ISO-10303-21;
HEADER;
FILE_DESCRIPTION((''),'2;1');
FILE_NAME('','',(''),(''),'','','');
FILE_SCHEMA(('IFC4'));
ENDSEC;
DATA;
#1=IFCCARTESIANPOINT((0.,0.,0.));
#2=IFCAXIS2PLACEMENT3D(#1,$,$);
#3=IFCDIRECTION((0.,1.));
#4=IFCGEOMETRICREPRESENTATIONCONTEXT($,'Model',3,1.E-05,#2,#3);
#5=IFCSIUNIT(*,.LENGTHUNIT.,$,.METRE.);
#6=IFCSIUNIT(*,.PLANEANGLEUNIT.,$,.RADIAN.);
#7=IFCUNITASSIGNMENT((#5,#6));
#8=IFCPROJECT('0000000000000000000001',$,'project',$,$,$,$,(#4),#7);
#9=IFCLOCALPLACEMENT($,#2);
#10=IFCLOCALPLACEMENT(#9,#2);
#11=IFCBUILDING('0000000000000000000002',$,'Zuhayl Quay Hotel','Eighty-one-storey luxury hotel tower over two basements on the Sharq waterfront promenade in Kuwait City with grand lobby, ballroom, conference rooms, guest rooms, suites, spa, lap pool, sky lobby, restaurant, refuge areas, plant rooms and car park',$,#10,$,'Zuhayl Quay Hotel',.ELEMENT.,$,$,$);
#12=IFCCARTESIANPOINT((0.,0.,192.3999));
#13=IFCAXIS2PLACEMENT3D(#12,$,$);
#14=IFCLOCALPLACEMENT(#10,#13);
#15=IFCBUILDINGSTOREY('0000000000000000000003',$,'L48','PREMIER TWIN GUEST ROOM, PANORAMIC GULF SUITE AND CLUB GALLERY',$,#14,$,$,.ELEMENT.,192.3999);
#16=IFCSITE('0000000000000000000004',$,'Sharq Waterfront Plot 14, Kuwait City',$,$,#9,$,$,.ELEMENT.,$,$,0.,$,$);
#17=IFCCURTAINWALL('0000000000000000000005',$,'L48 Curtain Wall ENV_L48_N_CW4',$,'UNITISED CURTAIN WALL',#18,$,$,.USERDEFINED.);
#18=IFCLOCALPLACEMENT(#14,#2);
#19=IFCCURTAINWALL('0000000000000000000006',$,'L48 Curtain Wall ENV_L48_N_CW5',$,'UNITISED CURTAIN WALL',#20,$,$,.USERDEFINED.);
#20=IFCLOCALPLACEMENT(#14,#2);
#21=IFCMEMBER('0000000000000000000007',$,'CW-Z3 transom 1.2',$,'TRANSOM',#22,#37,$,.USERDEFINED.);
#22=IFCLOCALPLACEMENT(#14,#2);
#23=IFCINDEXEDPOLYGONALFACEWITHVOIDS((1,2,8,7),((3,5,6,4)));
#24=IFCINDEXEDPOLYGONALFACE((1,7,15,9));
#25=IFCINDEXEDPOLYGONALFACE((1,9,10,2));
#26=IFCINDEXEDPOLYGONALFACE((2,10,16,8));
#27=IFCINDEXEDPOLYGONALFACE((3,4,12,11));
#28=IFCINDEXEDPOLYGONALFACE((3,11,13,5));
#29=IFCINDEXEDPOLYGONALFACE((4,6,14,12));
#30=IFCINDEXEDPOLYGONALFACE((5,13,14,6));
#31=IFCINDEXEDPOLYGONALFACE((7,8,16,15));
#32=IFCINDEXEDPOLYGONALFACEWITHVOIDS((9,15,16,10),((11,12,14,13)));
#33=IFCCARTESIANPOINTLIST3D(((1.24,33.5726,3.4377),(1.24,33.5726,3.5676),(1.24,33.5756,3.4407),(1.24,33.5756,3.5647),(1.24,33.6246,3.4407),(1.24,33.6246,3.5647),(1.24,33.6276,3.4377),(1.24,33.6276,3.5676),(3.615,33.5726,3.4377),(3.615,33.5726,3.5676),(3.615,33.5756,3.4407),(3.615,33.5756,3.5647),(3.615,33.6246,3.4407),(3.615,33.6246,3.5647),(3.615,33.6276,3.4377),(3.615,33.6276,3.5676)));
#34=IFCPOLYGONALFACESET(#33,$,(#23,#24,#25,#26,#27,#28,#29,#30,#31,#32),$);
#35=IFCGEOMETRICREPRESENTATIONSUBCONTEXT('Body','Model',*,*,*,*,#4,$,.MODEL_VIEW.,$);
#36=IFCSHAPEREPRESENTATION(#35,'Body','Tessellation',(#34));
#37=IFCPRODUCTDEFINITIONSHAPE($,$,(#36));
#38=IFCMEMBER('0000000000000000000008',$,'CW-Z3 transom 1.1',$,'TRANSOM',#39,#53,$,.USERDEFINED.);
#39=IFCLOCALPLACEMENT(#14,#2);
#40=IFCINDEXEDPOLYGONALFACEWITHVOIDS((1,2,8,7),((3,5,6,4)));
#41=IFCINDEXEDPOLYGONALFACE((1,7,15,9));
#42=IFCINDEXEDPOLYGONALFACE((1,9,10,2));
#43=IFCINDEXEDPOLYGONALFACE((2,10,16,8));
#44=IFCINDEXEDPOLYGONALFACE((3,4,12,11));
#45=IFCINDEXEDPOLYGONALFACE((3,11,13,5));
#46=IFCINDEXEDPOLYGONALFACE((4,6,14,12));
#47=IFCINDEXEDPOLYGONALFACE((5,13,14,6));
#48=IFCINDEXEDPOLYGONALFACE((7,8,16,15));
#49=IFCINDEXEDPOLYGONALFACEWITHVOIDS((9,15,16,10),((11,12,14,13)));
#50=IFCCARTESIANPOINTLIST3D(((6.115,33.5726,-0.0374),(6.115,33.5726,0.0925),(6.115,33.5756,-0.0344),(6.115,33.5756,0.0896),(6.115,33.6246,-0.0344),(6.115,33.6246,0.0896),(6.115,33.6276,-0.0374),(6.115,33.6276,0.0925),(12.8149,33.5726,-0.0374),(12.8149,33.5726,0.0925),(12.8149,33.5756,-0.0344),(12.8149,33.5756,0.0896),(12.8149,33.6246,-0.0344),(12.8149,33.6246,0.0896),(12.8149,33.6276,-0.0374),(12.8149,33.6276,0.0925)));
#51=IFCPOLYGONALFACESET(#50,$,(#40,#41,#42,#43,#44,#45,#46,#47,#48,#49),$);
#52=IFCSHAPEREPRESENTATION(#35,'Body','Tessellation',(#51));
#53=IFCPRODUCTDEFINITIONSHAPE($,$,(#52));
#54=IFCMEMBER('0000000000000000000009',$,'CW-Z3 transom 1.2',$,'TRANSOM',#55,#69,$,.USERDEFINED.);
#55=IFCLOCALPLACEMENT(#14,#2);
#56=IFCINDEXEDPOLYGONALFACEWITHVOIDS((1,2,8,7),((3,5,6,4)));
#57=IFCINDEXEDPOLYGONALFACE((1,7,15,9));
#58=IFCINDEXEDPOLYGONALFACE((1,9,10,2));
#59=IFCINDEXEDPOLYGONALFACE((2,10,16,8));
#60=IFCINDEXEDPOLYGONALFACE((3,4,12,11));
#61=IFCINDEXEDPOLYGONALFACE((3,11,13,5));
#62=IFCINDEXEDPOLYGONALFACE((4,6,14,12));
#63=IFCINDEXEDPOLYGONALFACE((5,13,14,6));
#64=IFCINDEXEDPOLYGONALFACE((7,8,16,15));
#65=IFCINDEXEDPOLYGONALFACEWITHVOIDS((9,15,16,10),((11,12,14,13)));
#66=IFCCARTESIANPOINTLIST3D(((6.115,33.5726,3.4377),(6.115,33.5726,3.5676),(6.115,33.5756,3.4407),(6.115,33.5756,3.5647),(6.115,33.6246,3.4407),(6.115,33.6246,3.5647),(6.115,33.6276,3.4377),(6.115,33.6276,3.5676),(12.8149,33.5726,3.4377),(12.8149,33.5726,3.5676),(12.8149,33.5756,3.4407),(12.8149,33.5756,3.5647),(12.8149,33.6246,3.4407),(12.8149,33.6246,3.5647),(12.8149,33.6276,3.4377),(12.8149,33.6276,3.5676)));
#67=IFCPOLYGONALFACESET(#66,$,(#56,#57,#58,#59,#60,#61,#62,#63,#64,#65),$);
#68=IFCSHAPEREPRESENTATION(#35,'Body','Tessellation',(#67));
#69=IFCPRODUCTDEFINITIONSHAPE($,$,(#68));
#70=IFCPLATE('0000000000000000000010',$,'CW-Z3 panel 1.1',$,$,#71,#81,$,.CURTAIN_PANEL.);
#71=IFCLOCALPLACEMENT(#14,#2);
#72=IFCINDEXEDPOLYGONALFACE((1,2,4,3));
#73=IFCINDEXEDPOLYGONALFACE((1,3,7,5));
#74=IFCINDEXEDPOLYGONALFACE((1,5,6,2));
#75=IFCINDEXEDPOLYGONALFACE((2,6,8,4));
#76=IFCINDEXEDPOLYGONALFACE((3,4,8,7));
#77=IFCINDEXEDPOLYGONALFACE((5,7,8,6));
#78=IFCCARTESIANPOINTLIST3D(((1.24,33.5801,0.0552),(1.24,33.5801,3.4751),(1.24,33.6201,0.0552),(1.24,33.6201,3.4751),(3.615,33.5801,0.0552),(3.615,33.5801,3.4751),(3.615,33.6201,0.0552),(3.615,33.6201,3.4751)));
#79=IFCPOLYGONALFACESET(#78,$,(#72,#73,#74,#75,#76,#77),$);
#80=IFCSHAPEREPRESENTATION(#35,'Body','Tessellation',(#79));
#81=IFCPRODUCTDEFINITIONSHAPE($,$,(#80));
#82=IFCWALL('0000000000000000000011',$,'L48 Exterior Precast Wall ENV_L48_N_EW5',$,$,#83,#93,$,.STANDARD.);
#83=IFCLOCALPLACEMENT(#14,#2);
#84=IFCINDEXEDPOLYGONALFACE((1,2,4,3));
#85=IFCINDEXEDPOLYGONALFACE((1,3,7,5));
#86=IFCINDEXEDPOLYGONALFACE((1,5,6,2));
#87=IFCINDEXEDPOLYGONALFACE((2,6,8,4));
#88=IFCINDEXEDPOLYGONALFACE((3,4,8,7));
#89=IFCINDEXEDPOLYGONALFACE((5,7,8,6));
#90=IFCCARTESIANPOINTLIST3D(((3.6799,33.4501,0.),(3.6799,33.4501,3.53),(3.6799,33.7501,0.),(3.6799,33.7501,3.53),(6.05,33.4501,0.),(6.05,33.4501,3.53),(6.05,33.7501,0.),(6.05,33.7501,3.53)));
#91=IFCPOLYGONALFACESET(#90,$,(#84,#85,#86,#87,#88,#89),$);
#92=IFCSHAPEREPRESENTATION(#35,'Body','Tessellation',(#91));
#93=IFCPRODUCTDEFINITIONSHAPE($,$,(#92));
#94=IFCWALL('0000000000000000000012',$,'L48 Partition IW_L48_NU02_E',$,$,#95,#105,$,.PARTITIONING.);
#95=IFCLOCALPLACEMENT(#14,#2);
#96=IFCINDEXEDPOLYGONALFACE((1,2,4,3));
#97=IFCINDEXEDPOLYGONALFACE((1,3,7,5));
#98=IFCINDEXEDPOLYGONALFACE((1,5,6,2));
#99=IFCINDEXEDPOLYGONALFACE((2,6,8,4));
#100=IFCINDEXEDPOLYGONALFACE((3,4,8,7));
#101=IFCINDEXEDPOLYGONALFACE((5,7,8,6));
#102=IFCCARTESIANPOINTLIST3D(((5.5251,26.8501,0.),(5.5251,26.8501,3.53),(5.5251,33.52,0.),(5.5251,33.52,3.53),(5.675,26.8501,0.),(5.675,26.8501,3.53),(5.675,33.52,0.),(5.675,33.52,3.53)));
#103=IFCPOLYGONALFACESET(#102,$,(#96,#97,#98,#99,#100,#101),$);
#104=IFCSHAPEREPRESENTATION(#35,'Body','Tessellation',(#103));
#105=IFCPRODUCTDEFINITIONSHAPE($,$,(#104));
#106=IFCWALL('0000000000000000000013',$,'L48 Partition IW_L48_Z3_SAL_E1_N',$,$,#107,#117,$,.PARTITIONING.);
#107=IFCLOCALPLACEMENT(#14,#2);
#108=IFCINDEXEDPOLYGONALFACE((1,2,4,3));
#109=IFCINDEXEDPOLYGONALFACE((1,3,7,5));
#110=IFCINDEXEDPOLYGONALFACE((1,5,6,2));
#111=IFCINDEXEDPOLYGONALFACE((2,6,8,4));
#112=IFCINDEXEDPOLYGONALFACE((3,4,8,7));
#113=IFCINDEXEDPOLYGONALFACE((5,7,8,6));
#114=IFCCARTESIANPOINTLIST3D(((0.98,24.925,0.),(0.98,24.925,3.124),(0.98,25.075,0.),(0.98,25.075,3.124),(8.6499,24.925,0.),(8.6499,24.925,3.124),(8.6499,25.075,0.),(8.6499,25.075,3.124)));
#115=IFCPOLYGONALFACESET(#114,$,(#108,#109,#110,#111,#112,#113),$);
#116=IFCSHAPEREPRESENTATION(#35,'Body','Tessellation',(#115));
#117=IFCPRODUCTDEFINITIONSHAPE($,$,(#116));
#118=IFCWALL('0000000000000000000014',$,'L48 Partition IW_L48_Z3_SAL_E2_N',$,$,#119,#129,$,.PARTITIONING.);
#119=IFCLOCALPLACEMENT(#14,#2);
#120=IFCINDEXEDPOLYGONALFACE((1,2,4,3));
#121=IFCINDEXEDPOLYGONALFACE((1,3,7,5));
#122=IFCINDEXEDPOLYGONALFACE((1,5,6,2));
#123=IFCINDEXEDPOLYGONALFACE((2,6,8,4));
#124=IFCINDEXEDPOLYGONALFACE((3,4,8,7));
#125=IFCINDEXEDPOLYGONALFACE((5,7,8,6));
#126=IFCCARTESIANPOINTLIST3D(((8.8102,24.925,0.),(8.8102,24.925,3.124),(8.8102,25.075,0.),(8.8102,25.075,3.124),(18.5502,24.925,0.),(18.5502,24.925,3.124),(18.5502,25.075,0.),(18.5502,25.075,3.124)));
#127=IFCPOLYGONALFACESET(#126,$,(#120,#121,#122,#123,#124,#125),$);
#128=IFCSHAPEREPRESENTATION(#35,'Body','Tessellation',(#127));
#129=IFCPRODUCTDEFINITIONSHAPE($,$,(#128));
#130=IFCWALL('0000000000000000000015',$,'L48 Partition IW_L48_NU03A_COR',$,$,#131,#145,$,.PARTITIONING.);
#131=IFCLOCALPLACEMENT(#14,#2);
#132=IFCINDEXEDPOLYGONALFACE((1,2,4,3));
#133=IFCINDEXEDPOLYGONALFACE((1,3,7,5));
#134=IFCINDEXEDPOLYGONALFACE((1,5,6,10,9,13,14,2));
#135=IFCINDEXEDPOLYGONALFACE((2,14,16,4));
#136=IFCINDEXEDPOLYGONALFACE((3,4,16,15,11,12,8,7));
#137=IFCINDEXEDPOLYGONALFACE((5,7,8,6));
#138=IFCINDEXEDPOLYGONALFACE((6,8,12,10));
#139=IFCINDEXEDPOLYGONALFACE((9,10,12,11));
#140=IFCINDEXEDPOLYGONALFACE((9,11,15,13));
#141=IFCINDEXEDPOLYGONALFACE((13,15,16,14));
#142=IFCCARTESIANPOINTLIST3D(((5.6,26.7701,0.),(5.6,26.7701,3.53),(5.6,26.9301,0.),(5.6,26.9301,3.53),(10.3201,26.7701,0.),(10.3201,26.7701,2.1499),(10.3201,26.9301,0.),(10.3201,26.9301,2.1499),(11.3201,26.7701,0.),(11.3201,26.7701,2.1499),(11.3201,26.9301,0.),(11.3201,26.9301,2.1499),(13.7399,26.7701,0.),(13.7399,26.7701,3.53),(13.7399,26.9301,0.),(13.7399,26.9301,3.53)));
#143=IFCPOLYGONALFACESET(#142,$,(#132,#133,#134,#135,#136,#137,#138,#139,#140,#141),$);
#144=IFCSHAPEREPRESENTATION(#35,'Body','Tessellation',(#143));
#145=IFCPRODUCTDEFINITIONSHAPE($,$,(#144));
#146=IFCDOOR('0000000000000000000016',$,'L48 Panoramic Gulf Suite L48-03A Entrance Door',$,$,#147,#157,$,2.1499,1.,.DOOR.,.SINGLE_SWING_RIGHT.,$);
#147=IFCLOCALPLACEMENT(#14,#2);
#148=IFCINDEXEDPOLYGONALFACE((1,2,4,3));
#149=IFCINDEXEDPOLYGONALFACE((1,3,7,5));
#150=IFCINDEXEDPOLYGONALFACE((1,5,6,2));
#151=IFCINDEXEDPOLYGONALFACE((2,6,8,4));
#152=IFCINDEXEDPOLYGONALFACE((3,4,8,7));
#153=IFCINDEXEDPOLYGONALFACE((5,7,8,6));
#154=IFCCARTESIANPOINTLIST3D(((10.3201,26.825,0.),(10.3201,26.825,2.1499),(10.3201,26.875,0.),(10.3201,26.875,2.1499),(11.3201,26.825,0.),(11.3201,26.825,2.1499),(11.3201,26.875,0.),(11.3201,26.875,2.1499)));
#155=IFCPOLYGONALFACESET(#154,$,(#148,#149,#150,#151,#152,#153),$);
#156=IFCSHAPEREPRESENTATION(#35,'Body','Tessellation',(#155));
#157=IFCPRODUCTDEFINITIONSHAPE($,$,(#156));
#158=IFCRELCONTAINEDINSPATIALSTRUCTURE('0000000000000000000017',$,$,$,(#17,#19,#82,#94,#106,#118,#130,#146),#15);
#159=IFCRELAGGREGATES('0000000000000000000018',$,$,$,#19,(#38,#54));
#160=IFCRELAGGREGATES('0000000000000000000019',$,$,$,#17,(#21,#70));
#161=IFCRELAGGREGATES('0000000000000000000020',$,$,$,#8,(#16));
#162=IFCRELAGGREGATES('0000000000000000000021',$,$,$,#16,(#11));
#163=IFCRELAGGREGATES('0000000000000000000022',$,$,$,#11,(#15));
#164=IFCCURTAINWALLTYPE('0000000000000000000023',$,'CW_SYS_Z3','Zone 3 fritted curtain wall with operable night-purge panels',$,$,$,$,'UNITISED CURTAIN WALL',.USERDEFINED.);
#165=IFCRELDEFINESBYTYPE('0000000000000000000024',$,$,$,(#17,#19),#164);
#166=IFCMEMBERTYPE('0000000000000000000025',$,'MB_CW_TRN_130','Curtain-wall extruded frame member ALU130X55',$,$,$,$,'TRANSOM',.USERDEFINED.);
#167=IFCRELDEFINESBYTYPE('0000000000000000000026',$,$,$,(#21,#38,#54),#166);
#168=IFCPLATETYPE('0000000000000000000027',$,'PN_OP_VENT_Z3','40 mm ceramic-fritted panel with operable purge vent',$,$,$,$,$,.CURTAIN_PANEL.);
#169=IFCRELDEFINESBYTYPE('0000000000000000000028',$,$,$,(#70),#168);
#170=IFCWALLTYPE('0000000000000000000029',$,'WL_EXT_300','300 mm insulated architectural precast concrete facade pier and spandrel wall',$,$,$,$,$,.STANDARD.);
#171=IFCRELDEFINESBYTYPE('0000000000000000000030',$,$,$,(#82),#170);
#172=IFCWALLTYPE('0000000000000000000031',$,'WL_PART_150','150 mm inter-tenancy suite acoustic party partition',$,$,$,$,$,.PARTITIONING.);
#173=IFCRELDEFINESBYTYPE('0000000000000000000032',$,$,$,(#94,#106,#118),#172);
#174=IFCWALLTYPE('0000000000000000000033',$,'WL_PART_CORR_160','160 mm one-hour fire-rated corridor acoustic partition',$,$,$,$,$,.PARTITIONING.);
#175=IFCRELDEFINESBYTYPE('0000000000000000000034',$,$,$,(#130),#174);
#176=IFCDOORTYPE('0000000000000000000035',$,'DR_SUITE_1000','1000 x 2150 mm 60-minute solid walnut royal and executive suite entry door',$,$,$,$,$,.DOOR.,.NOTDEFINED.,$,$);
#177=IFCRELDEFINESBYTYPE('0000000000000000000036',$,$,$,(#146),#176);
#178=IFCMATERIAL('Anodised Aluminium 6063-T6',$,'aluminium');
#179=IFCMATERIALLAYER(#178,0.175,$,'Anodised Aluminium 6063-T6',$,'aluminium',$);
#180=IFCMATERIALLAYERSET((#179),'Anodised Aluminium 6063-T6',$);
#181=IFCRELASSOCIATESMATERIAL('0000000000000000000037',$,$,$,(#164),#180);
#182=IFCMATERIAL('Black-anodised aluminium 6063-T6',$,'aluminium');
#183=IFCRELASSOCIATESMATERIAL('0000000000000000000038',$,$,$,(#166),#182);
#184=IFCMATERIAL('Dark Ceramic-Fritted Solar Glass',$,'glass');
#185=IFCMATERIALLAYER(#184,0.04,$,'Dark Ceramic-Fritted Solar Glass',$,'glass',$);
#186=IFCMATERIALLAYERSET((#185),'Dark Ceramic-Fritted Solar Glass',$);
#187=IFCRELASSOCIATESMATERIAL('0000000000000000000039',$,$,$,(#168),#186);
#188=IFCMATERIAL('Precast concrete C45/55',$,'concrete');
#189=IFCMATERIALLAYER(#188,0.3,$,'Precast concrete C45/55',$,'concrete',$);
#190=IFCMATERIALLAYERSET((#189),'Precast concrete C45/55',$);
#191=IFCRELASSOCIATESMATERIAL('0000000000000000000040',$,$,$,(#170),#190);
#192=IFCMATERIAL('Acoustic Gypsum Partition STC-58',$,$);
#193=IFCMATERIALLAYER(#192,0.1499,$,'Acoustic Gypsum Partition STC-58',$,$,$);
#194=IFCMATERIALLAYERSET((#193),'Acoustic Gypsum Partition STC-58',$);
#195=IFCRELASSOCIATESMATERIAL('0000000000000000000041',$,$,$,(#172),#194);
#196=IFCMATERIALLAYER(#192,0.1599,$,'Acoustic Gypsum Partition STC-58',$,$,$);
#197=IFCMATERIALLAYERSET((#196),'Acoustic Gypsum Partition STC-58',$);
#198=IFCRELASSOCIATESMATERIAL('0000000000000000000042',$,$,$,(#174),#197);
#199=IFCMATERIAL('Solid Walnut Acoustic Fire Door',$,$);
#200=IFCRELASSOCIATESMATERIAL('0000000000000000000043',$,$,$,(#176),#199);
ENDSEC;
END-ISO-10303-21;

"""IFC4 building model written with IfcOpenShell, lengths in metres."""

from ifc_helpers import new_model, si_unit, direction, frame, frame_2d, origin, origin_2d, place, context, subcontext, project, spatial, rectangle, hollow_rectangle, extrude, material, layer, layer_set, material_profile, profile_set, type_object, element, fill, aggregate, save


model = new_model("IFC4")

# Units and contexts
model_context = context("Model", 3, precision=1e-05, world=origin(), true_north=direction((0.0, 1.0)))
body_context = subcontext(model_context, "Body", "Model", "MODEL_VIEW")
ifc_project = project(units=[si_unit("LENGTHUNIT", "METRE"), si_unit("PLANEANGLEUNIT", "RADIAN")], contexts=[model_context])

# Site, building, storey
site_placement = place(None, origin())
site = spatial("IfcSite", under=ifc_project, at=site_placement, Name="Sharq Waterfront Plot 14, Kuwait City", CompositionType="ELEMENT", RefElevation=0.0)
building_placement = place(site_placement, origin())
building = spatial("IfcBuilding", under=site, at=building_placement, Name="Zuhayl Quay Hotel", Description="Eighty-one-storey luxury hotel tower over two basements on the Sharq waterfront promenade in Kuwait City with grand lobby, ballroom, conference rooms, guest rooms, suites, spa, lap pool, sky lobby, restaurant, refuge areas, plant rooms and car park", LongName="Zuhayl Quay Hotel", CompositionType="ELEMENT")
storey_placement = place(building_placement, frame((0.0, 0.0, 192.3999)))
storey = spatial("IfcBuildingStorey", under=building, at=storey_placement, Name="L48", Description="PREMIER TWIN GUEST ROOM, PANORAMIC GULF SUITE AND CLUB GALLERY", CompositionType="ELEMENT", Elevation=192.3999)

# Curtain wall
ifc_material_1 = material(Name="Anodised Aluminium 6063-T6", Category="aluminium")
ifc_layer_1 = layer(ifc_material_1, 0.175, Name="Anodised Aluminium 6063-T6", Category="aluminium")
ifc_layer_set_1 = layer_set([ifc_layer_1], Name="Anodised Aluminium 6063-T6")
curtain_wall_type = type_object("IfcCurtainWallType", Name="CW_SYS_Z3", Description="Zone 3 fritted curtain wall with operable night-purge panels", ElementType="UNITISED CURTAIN WALL", PredefinedType="USERDEFINED", material=ifc_layer_set_1)
curtain_wall_1_placement = place(storey_placement, origin())
curtain_wall_1 = element("IfcCurtainWall", 1, at=curtain_wall_1_placement, inside=storey, type_object=curtain_wall_type, Name="L48 Curtain Wall ENV_L48_N_CW4", ObjectType="UNITISED CURTAIN WALL", PredefinedType="USERDEFINED")
ifc_material_2 = material(Name="Black-anodised aluminium 6063-T6", Category="aluminium")

# Curtain wall
curtain_wall_2_placement = place(storey_placement, origin())
curtain_wall_2 = element("IfcCurtainWall", 2, at=curtain_wall_2_placement, inside=storey, type_object=curtain_wall_type, Name="L48 Curtain Wall ENV_L48_N_CW5", ObjectType="UNITISED CURTAIN WALL", PredefinedType="USERDEFINED")

# Members
ifc_material_profile_1 = material_profile(ifc_material_2, hollow_rectangle(XDim=0.0549, YDim=0.1299, WallThickness=0.0029, at=origin_2d()), Name="ALU130X55")
ifc_profile_set_1 = profile_set([ifc_material_profile_1], Name="Black-anodised aluminium 6063-T6")
member_type_1 = type_object("IfcMemberType", Name="MB_CW_TRN_130", Description="Curtain-wall extruded frame member ALU130X55", ElementType="TRANSOM", PredefinedType="USERDEFINED", material=ifc_profile_set_1)
member_1_placement = place(storey_placement, frame((1.24, 33.6001, 3.5027), z_axis=(1.0, 0.0, 0.0), x_axis=(0.0, 1.0, 0.0)))
member_1 = element("IfcMember", 3, at=member_1_placement, type_object=member_type_1, Name="CW-Z3 transom 1.2", ObjectType="TRANSOM", PredefinedType="USERDEFINED", context=body_context, shape_type="SweptSolid", body=[
    extrude(hollow_rectangle(XDim=0.0549, YDim=0.1299, WallThickness=0.0029, at=origin_2d()), origin(), (0.0, 0.0, 1.0), 2.375),
])
member_2_placement = place(storey_placement, frame((6.115, 33.6001, 0.0276), z_axis=(1.0, 0.0, 0.0), x_axis=(0.0, 1.0, 0.0)))
member_2 = element("IfcMember", 4, at=member_2_placement, type_object=member_type_1, Name="CW-Z3 transom 1.1", ObjectType="TRANSOM", PredefinedType="USERDEFINED", context=body_context, shape_type="SweptSolid", body=[
    extrude(hollow_rectangle(XDim=0.0549, YDim=0.1299, WallThickness=0.0029, at=origin_2d()), origin(), (0.0, 0.0, 1.0), 6.7),
])
member_3_placement = place(storey_placement, frame((6.115, 33.6001, 3.5027), z_axis=(1.0, 0.0, 0.0), x_axis=(0.0, 1.0, 0.0)))
member_3 = element("IfcMember", 5, at=member_3_placement, type_object=member_type_1, Name="CW-Z3 transom 1.2", ObjectType="TRANSOM", PredefinedType="USERDEFINED", context=body_context, shape_type="SweptSolid", body=[
    extrude(hollow_rectangle(XDim=0.0549, YDim=0.1299, WallThickness=0.0029, at=origin_2d()), origin(), (0.0, 0.0, 1.0), 6.7),
])
aggregate(curtain_wall_2, [member_2, member_3])

# Plate
ifc_material_3 = material(Name="Dark Ceramic-Fritted Solar Glass", Category="glass")
ifc_layer_2 = layer(ifc_material_3, 0.04, Name="Dark Ceramic-Fritted Solar Glass", Category="glass")
ifc_layer_set_2 = layer_set([ifc_layer_2], Name="Dark Ceramic-Fritted Solar Glass")
plate_type = type_object("IfcPlateType", Name="PN_OP_VENT_Z3", Description="40 mm ceramic-fritted panel with operable purge vent", PredefinedType="CURTAIN_PANEL", material=ifc_layer_set_2)
plate_placement = place(storey_placement, frame((2.4275, 33.6001, 0.0552), z_axis=(0.0, 0.0, 1.0), x_axis=(1.0, 0.0, 0.0)))
plate = element("IfcPlate", 6, at=plate_placement, type_object=plate_type, Name="CW-Z3 panel 1.1", PredefinedType="CURTAIN_PANEL", context=body_context, shape_type="SweptSolid", body=[
    extrude(rectangle(XDim=2.375, YDim=0.04, at=origin_2d()), origin(), (0.0, 0.0, 1.0), 3.4199),
])
aggregate(curtain_wall_1, [member_1, plate])

# Walls
ifc_material_4 = material(Name="Precast concrete C45/55", Category="concrete")
ifc_layer_3 = layer(ifc_material_4, 0.3, Name="Precast concrete C45/55", Category="concrete")
ifc_layer_set_3 = layer_set([ifc_layer_3], Name="Precast concrete C45/55")
wall_type_1 = type_object("IfcWallType", Name="WL_EXT_300", Description="300 mm insulated architectural precast concrete facade pier and spandrel wall", PredefinedType="STANDARD", material=ifc_layer_set_3)
wall_1_placement = place(storey_placement, frame((3.6799, 33.6001, 0.0), z_axis=(0.0, 0.0, 1.0), x_axis=(1.0, 0.0, 0.0)))
element("IfcWall", 7, at=wall_1_placement, inside=storey, type_object=wall_type_1, Name="L48 Exterior Precast Wall ENV_L48_N_EW5", PredefinedType="STANDARD", context=body_context, shape_type="SweptSolid", body=[
    extrude(rectangle(XDim=2.3701, YDim=0.3, at=frame_2d((1.1851, 0.0))), origin(), (0.0, 0.0, 1.0), 3.53),
])
ifc_material_5 = material(Name="Acoustic Gypsum Partition STC-58")
ifc_layer_4 = layer(ifc_material_5, 0.1499, Name="Acoustic Gypsum Partition STC-58")
ifc_layer_set_4 = layer_set([ifc_layer_4], Name="Acoustic Gypsum Partition STC-58")
wall_type_2 = type_object("IfcWallType", Name="WL_PART_150", Description="150 mm inter-tenancy suite acoustic party partition", PredefinedType="PARTITIONING", material=ifc_layer_set_4)
wall_2_placement = place(storey_placement, frame((5.6001, 26.8501, 0.0), z_axis=(0.0, 0.0, 1.0), x_axis=(0.0, 1.0, 0.0)))
element("IfcWall", 8, at=wall_2_placement, inside=storey, type_object=wall_type_2, Name="L48 Partition IW_L48_NU02_E", PredefinedType="PARTITIONING", context=body_context, shape_type="SweptSolid", body=[
    extrude(rectangle(XDim=6.6699, YDim=0.1499, at=frame_2d((3.335, 0.0))), origin(), (0.0, 0.0, 1.0), 3.53),
])
wall_3_placement = place(storey_placement, frame((0.98, 25.0, 0.0), z_axis=(0.0, 0.0, 1.0), x_axis=(1.0, 0.0, 0.0)))
element("IfcWall", 9, at=wall_3_placement, inside=storey, type_object=wall_type_2, Name="L48 Partition IW_L48_Z3_SAL_E1_N", PredefinedType="PARTITIONING", context=body_context, shape_type="SweptSolid", body=[
    extrude(rectangle(XDim=7.6699, YDim=0.1499, at=frame_2d((3.835, 0.0))), origin(), (0.0, 0.0, 1.0), 3.124),
])
wall_4_placement = place(storey_placement, frame((8.8101, 25.0, 0.0), z_axis=(0.0, 0.0, 1.0), x_axis=(1.0, 0.0, 0.0)))
element("IfcWall", 10, at=wall_4_placement, inside=storey, type_object=wall_type_2, Name="L48 Partition IW_L48_Z3_SAL_E2_N", PredefinedType="PARTITIONING", context=body_context, shape_type="SweptSolid", body=[
    extrude(rectangle(XDim=9.74, YDim=0.1499, at=frame_2d((4.8701, 0.0))), origin(), (0.0, 0.0, 1.0), 3.124),
])

# Wall, opening, door
ifc_layer_5 = layer(ifc_material_5, 0.1599, Name="Acoustic Gypsum Partition STC-58")
ifc_layer_set_5 = layer_set([ifc_layer_5], Name="Acoustic Gypsum Partition STC-58")
wall_type_3 = type_object("IfcWallType", Name="WL_PART_CORR_160", Description="160 mm one-hour fire-rated corridor acoustic partition", PredefinedType="PARTITIONING", material=ifc_layer_set_5)
wall_5_placement = place(storey_placement, frame((5.6001, 26.8501, 0.0), z_axis=(0.0, 0.0, 1.0), x_axis=(1.0, 0.0, 0.0)))
wall_5 = element("IfcWall", 11, at=wall_5_placement, inside=storey, type_object=wall_type_3, Name="L48 Partition IW_L48_NU03A_COR", PredefinedType="PARTITIONING", context=body_context, shape_type="SweptSolid", body=[
    extrude(rectangle(XDim=8.1399, YDim=0.1599, at=frame_2d((4.0698, 0.0))), origin(), (0.0, 0.0, 1.0), 3.53),
])
opening_1_placement = place(wall_5_placement, frame((4.72, 0.0, 0.0)))
opening_1 = element("IfcOpeningElement", 12, at=opening_1_placement, cuts=wall_5, PredefinedType="OPENING", context=body_context, shape_type="SweptSolid", body=[
    extrude(rectangle(XDim=1.0, YDim=2.1499, at=frame_2d((0.5, 1.075))), frame((0.0, 0.0898, 0.0), z_axis=(0.0, -1.0, 0.0), x_axis=(1.0, 0.0, 0.0)), (0.0, 0.0, 1.0), 0.1799),
])
ifc_material_6 = material(Name="Solid Walnut Acoustic Fire Door")
door_type_1 = type_object("IfcDoorType", Name="DR_SUITE_1000", Description="1000 x 2150 mm 60-minute solid walnut royal and executive suite entry door", OperationType="NOTDEFINED", PredefinedType="DOOR", material=ifc_material_6)
door_1_placement = place(opening_1_placement, origin())
door_1 = element("IfcDoor", 13, at=door_1_placement, inside=storey, type_object=door_type_1, Name="L48 Panoramic Gulf Suite L48-03A Entrance Door", OperationType="SINGLE_SWING_RIGHT", OverallHeight=2.1499, OverallWidth=1.0, PredefinedType="DOOR", context=body_context, shape_type="SweptSolid", body=[
    extrude(rectangle(XDim=1.0, YDim=2.1499, at=frame_2d((0.5, 1.075))), frame((0.0, 0.0249, 0.0), z_axis=(0.0, -1.0, 0.0), x_axis=(1.0, 0.0, 0.0)), (0.0, 0.0, 1.0), 0.05),
])
fill(opening_1, door_1)

save(model, "model.ifc")
